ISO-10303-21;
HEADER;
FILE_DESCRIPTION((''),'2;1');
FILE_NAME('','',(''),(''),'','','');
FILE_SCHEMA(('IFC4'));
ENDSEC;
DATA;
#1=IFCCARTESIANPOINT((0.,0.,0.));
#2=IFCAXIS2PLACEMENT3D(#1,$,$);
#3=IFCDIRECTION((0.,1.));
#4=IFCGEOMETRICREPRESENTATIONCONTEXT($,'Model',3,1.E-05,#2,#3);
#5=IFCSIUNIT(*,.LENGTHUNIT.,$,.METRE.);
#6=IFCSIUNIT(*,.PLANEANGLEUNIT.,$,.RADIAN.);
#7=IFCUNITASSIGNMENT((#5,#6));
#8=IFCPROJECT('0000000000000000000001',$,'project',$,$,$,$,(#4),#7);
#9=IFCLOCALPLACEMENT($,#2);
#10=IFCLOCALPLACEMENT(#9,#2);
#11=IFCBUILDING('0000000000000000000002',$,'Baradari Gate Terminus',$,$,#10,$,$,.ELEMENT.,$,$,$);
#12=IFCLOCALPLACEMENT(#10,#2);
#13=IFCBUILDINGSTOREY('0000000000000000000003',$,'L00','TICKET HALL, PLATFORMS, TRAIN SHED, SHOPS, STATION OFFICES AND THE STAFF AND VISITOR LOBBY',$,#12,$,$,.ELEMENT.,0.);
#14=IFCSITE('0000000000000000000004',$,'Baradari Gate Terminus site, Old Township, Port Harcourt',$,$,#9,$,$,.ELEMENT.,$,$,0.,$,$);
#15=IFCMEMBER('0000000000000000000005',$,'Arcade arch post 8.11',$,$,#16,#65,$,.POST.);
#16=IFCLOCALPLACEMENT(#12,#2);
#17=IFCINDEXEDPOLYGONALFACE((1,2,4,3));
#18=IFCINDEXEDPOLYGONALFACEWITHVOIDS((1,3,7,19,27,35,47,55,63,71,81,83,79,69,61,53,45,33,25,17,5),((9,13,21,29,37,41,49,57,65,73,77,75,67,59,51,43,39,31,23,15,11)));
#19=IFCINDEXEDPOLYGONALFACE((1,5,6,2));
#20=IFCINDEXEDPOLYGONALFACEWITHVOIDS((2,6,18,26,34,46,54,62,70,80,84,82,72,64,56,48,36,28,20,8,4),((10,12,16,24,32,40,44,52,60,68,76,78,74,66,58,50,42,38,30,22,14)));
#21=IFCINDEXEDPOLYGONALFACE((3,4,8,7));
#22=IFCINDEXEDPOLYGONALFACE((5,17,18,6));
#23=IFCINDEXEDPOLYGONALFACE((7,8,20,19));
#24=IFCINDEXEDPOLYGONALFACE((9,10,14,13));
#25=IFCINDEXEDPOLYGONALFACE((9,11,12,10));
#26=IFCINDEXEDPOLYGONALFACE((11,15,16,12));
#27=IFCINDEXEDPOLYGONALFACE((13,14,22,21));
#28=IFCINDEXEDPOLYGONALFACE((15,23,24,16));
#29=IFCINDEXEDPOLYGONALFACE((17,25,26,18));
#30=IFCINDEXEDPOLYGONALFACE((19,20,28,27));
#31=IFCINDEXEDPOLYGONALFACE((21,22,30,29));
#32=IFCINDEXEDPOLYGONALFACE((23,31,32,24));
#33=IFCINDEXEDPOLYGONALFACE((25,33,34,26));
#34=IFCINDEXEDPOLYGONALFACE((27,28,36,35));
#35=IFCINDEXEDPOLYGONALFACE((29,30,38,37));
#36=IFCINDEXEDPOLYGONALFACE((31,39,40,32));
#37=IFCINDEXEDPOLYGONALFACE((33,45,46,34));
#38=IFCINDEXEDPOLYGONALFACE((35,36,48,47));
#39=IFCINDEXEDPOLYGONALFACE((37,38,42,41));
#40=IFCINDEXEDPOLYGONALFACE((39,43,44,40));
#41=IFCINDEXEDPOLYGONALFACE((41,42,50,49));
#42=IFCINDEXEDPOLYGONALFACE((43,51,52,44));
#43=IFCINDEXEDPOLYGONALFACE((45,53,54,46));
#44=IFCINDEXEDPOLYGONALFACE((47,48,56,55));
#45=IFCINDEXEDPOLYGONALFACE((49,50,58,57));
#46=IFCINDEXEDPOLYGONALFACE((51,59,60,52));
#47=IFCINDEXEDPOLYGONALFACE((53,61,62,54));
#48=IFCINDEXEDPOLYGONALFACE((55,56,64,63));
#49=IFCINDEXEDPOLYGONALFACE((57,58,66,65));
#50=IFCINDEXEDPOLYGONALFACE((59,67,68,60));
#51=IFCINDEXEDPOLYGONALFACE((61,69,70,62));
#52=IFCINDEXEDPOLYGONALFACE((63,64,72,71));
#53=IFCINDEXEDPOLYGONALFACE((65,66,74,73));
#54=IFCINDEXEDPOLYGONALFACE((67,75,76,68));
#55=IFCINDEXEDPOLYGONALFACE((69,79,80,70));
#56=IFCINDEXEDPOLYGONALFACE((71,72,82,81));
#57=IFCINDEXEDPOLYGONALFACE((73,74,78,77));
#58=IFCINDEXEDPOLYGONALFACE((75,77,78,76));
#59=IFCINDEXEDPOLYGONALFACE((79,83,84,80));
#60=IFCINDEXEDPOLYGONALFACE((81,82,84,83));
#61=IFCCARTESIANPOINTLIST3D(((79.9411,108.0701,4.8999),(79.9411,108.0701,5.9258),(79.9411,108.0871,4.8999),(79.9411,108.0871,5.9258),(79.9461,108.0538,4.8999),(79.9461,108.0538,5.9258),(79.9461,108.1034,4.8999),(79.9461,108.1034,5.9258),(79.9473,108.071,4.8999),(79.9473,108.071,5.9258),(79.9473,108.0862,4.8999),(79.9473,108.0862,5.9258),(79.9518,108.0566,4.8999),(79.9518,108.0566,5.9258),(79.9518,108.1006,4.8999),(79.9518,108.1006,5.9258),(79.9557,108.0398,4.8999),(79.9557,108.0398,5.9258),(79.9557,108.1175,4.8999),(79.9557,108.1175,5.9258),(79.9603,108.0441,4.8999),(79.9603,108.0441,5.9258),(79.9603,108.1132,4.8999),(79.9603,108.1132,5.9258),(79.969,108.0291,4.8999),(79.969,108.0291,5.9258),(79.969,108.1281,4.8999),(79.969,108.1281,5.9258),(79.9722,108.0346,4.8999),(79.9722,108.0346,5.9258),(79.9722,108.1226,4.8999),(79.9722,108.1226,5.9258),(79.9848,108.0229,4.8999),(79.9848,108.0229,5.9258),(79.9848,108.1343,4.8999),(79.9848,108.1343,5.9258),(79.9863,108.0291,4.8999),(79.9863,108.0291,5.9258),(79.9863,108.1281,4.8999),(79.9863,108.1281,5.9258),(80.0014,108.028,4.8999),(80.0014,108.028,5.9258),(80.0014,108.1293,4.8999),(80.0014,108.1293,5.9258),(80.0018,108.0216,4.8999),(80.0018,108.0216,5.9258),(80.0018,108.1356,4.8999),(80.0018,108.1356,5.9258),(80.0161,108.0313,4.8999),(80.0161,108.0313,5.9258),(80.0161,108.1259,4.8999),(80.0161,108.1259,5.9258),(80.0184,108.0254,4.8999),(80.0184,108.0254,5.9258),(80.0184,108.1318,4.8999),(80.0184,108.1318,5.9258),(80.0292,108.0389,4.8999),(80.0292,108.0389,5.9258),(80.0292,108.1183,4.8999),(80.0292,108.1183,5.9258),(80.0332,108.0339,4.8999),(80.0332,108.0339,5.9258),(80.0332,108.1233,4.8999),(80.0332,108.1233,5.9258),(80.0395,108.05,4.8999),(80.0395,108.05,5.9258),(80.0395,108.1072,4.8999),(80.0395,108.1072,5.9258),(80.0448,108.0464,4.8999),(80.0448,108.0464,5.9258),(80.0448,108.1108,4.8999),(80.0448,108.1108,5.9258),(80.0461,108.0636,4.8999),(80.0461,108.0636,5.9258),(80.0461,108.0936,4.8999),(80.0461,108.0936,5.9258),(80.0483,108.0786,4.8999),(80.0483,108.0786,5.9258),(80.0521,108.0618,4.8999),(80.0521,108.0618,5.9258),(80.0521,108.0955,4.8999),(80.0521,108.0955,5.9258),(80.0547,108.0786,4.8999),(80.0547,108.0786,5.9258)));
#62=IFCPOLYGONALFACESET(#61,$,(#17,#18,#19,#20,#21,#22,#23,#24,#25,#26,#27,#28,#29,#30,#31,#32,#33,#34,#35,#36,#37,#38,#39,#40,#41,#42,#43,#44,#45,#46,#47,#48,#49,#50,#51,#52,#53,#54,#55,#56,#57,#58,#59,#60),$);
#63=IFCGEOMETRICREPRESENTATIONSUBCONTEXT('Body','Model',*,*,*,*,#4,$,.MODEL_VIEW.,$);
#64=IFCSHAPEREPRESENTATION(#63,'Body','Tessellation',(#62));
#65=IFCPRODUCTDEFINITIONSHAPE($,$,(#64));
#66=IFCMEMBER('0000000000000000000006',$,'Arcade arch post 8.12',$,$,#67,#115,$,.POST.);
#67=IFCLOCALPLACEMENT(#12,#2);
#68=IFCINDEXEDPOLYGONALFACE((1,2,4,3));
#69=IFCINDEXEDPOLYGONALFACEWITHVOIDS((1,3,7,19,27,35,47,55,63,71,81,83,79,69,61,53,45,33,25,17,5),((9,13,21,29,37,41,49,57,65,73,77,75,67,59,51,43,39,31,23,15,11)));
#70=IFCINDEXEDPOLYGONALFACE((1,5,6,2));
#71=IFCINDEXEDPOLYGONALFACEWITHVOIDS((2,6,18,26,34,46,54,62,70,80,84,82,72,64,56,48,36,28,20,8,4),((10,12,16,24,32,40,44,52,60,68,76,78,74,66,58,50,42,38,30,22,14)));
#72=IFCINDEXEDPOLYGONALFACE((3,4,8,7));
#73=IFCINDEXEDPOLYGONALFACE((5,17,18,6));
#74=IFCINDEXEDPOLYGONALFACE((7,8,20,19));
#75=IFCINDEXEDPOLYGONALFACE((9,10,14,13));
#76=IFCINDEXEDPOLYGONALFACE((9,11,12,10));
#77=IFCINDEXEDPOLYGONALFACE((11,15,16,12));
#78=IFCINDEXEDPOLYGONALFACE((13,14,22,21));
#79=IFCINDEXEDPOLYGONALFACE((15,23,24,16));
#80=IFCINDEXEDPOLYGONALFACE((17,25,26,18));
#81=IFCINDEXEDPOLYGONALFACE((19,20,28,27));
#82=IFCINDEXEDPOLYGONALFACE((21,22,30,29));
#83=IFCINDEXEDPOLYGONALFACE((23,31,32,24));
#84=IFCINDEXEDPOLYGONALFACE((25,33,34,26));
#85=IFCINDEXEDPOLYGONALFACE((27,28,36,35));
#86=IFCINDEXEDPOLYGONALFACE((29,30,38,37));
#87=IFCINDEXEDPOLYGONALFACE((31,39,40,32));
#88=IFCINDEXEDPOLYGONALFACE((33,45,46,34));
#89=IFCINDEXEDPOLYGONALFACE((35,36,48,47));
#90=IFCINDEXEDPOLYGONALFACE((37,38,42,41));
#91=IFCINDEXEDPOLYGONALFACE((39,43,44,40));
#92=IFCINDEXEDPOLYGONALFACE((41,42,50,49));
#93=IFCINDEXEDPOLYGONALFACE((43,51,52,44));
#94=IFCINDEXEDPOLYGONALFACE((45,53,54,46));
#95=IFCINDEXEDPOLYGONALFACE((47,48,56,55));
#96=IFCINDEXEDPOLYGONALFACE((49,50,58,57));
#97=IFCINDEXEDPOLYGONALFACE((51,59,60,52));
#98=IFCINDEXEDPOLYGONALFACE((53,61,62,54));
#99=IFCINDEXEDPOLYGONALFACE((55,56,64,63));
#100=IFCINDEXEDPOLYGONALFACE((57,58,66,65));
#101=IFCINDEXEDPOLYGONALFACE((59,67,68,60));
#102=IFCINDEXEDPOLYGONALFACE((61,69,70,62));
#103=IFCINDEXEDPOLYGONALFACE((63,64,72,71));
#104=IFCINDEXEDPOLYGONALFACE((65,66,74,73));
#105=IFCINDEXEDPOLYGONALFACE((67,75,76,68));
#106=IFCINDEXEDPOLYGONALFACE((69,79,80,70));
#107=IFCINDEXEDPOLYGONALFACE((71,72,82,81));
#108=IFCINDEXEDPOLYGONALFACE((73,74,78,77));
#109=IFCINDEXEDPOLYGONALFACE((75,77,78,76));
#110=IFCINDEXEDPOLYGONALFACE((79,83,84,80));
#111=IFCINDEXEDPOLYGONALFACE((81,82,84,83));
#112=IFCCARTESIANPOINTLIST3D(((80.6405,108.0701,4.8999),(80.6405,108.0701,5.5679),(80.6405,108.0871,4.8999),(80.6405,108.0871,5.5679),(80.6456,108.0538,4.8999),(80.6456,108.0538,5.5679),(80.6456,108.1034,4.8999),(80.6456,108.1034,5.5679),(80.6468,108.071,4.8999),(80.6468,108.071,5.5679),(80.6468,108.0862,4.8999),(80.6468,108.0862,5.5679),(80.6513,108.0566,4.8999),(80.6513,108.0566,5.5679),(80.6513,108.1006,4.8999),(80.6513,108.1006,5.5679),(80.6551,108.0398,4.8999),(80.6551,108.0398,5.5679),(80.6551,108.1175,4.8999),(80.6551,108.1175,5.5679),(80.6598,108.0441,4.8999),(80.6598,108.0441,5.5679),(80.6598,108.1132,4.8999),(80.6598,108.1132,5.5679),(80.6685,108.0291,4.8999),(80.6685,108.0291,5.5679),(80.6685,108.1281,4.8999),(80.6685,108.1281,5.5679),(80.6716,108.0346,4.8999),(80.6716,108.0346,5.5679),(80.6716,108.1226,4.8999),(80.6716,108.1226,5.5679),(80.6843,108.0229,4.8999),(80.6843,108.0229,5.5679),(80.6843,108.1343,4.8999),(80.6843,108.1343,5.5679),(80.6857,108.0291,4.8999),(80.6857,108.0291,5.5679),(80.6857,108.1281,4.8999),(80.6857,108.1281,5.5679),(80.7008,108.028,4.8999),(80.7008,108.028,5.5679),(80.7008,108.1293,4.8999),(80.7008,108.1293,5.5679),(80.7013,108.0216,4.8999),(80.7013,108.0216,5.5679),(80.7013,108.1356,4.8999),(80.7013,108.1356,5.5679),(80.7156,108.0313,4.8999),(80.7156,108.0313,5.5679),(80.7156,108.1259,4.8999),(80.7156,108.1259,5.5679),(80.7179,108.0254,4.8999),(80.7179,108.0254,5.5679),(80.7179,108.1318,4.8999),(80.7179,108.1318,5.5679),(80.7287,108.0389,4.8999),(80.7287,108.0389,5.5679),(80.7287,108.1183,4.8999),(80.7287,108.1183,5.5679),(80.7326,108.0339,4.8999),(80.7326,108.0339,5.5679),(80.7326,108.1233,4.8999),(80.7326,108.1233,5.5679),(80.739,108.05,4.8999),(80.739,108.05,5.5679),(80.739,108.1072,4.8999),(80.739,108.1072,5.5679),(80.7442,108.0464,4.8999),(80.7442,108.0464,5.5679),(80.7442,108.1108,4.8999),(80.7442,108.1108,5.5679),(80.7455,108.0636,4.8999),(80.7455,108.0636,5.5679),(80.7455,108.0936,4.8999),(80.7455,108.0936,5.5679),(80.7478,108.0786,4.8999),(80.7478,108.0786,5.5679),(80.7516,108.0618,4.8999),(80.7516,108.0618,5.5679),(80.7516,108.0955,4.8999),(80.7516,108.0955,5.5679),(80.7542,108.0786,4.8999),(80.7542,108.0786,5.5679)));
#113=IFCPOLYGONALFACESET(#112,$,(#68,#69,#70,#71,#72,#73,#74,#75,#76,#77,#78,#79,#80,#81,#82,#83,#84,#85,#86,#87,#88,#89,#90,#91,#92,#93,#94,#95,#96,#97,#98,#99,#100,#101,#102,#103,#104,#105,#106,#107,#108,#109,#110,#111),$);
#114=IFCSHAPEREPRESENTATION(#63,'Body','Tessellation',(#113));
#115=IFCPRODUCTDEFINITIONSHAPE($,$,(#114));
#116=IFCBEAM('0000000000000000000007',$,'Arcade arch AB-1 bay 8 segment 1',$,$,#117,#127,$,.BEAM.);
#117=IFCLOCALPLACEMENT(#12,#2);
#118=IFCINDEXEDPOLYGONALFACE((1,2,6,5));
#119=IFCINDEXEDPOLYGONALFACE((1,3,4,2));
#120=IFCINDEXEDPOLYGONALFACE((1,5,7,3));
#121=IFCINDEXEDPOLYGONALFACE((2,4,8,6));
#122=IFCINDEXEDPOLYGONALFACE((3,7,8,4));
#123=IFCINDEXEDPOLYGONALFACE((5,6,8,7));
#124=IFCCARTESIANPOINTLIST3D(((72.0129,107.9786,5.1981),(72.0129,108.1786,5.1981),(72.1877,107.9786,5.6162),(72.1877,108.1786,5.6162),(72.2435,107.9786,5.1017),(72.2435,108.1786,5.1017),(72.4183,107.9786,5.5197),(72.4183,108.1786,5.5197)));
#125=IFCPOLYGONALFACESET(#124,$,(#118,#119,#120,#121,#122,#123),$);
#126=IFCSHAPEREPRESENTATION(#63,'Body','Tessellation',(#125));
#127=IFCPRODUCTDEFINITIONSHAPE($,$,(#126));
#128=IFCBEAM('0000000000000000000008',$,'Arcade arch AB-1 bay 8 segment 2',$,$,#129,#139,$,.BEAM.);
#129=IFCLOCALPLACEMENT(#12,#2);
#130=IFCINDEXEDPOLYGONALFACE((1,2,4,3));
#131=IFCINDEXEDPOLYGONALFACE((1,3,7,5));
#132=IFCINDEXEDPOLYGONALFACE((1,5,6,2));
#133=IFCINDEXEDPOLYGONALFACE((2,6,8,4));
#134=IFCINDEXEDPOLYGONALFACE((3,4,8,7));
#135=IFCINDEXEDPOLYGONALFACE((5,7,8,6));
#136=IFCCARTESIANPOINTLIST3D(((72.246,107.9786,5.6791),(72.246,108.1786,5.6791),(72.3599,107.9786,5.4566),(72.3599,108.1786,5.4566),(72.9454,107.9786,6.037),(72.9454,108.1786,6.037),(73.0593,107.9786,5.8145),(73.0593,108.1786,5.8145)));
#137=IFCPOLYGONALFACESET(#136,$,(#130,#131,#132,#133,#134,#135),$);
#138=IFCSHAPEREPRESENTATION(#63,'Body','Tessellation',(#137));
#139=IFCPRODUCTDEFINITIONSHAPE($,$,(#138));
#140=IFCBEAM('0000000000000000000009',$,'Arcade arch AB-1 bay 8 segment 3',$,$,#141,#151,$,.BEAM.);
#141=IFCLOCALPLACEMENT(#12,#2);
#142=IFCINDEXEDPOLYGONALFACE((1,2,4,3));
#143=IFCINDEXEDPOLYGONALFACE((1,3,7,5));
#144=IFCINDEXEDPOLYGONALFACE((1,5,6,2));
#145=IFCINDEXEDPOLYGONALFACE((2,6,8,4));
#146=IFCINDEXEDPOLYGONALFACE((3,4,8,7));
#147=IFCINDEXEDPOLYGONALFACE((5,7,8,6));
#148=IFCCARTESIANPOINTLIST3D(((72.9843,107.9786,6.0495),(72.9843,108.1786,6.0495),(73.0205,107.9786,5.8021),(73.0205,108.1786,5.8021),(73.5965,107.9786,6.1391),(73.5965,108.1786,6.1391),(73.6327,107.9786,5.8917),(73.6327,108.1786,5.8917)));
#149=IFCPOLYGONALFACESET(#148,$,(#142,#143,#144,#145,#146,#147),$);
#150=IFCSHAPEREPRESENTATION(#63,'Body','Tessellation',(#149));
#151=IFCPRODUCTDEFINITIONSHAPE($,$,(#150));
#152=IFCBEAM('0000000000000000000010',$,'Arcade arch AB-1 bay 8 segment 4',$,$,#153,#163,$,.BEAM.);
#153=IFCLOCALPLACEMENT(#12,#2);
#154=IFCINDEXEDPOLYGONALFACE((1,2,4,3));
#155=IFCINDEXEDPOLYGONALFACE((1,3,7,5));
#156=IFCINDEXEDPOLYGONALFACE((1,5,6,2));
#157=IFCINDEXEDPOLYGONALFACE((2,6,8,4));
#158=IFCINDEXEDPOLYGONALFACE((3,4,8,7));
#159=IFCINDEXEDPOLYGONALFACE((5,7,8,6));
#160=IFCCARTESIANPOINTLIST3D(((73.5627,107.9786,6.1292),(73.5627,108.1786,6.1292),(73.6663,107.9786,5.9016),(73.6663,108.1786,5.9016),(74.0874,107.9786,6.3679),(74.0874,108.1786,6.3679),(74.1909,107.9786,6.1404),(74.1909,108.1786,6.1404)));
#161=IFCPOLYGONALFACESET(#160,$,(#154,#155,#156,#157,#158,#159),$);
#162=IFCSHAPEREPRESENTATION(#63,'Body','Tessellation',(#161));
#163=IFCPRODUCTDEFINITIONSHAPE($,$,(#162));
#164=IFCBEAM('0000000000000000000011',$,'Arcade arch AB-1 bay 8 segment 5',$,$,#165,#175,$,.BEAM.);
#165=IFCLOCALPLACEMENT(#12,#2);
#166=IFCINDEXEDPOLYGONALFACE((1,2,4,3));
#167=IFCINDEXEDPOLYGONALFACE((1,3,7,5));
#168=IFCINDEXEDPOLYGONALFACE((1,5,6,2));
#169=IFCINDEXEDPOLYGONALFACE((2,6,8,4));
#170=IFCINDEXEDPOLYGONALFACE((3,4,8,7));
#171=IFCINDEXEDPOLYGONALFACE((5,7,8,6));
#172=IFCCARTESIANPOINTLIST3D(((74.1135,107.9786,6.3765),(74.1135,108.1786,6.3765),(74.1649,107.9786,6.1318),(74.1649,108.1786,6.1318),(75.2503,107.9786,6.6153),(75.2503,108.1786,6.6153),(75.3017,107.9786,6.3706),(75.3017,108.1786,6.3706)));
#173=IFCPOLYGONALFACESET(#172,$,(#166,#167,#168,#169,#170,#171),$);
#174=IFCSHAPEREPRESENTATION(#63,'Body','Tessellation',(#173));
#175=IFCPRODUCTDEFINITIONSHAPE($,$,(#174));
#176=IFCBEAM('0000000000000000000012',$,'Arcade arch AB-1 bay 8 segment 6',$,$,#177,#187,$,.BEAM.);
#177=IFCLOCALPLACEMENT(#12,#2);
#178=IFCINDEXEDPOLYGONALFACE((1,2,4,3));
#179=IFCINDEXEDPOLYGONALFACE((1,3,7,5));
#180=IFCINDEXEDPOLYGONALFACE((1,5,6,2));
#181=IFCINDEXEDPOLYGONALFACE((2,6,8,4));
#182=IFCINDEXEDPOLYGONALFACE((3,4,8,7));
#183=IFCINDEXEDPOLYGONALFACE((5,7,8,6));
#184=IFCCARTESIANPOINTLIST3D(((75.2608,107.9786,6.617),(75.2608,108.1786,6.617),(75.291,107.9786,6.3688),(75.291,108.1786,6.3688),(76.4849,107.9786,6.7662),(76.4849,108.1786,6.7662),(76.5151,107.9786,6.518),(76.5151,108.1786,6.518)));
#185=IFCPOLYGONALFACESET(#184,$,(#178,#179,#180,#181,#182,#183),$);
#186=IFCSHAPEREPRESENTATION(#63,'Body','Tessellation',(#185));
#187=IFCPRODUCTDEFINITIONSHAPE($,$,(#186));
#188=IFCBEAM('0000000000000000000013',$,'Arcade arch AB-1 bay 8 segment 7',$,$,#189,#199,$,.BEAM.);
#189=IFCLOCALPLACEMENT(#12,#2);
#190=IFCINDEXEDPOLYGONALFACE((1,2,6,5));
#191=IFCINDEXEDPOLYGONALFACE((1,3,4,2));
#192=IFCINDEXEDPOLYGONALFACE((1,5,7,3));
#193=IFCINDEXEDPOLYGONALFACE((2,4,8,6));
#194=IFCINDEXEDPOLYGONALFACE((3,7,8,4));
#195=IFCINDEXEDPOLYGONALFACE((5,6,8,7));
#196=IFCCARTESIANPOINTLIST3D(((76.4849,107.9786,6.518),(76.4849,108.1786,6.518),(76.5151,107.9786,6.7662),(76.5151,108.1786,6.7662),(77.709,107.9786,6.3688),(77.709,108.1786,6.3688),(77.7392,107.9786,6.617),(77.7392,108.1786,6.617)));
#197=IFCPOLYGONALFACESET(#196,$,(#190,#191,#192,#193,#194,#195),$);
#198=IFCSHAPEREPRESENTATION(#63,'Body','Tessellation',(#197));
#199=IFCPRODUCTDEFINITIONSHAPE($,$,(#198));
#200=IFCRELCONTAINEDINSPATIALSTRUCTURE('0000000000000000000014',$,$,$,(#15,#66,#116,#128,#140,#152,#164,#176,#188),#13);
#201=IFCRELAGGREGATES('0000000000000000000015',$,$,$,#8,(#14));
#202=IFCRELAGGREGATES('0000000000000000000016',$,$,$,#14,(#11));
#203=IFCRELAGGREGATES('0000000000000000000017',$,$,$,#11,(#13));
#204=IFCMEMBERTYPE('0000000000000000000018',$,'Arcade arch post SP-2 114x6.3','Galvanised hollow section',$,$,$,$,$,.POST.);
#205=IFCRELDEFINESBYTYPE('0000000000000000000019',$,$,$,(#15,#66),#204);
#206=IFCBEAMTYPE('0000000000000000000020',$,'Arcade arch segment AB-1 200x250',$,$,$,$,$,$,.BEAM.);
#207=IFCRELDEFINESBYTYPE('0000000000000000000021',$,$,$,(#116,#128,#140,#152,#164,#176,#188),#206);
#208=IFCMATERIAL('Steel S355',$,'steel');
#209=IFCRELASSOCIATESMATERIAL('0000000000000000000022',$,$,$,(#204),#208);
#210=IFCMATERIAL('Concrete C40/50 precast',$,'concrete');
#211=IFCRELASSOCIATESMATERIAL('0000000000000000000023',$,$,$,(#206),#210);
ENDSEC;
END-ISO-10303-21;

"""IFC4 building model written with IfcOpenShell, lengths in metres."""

from ifc_helpers import new_model, si_unit, direction, frame, origin, origin_2d, place, context, subcontext, project, spatial, rectangle, hollow_circle, extrude, material, material_profile, profile_set, type_object, element, save


model = new_model("IFC4")

# Units and contexts
model_context = context("Model", 3, precision=1e-05, world=origin(), true_north=direction((0.0, 1.0)))
body_context = subcontext(model_context, "Body", "Model", "MODEL_VIEW")
ifc_project = project(units=[si_unit("LENGTHUNIT", "METRE"), si_unit("PLANEANGLEUNIT", "RADIAN")], contexts=[model_context])

# Site, building, storey
site_placement = place(None, origin())
site = spatial("IfcSite", under=ifc_project, at=site_placement, Name="Baradari Gate Terminus site, Old Township, Port Harcourt", CompositionType="ELEMENT", RefElevation=0.0)
building_placement = place(site_placement, origin())
building = spatial("IfcBuilding", under=site, at=building_placement, Name="Baradari Gate Terminus", CompositionType="ELEMENT")
storey_placement = place(building_placement, origin())
storey = spatial("IfcBuildingStorey", under=building, at=storey_placement, Name="L00", Description="TICKET HALL, PLATFORMS, TRAIN SHED, SHOPS, STATION OFFICES AND THE STAFF AND VISITOR LOBBY", CompositionType="ELEMENT", Elevation=0.0)

# Members
ifc_material_1 = material(Name="Steel S355", Category="steel")
ifc_material_profile_1 = material_profile(ifc_material_1, hollow_circle(Radius=0.0571, WallThickness=0.0063, at=origin_2d()), Name="CHS 114.3x6.3")
ifc_profile_set_1 = profile_set([ifc_material_profile_1], Name="Steel S355")
member_type = type_object("IfcMemberType", Name="Arcade arch post SP-2 114x6.3", Description="Galvanised hollow section", PredefinedType="POST", material=ifc_profile_set_1)
member_1_placement = place(storey_placement, frame((79.9976, 108.0786, 4.8999), z_axis=(0.0, 0.0, 1.0), x_axis=(1.0, 0.0, 0.0)))
element("IfcMember", 1, at=member_1_placement, inside=storey, type_object=member_type, Name="Arcade arch post 8.11", PredefinedType="POST", context=body_context, shape_type="SweptSolid", body=[
    extrude(hollow_circle(Radius=0.0571, WallThickness=0.0063, at=origin_2d()), origin(), (0.0, 0.0, 1.0), 1.0259),
])
member_2_placement = place(storey_placement, frame((80.697, 108.0786, 4.8999), z_axis=(0.0, 0.0, 1.0), x_axis=(1.0, 0.0, 0.0)))
element("IfcMember", 2, at=member_2_placement, inside=storey, type_object=member_type, Name="Arcade arch post 8.12", PredefinedType="POST", context=body_context, shape_type="SweptSolid", body=[
    extrude(hollow_circle(Radius=0.0571, WallThickness=0.0063, at=origin_2d()), origin(), (0.0, 0.0, 1.0), 0.668),
])

# Beams
ifc_material_2 = material(Name="Concrete C40/50 precast", Category="concrete")
ifc_material_profile_2 = material_profile(ifc_material_2, rectangle(XDim=0.2, YDim=0.25, at=origin_2d()), Name="AB-1 200X250")
ifc_profile_set_2 = profile_set([ifc_material_profile_2], Name="Concrete C40/50 precast")
beam_type = type_object("IfcBeamType", Name="Arcade arch segment AB-1 200x250", PredefinedType="BEAM", material=ifc_profile_set_2)
beam_1_placement = place(storey_placement, frame((72.1282, 108.0786, 5.1499), z_axis=(0.385839, 0.0, 0.922566), x_axis=(0.0, 1.0, 0.0)))
element("IfcBeam", 3, at=beam_1_placement, inside=storey, type_object=beam_type, Name="Arcade arch AB-1 bay 8 segment 1", PredefinedType="BEAM", context=body_context, shape_type="SweptSolid", body=[
    extrude(rectangle(XDim=0.2, YDim=0.25, at=origin_2d()), origin(), (0.0, 0.0, 1.0), 0.4531),
])
beam_2_placement = place(storey_placement, frame((72.303, 108.0786, 5.5679), z_axis=(0.890225, 0.0, 0.455522), x_axis=(0.0, 1.0, 0.0)))
element("IfcBeam", 4, at=beam_2_placement, inside=storey, type_object=beam_type, Name="Arcade arch AB-1 bay 8 segment 2", PredefinedType="BEAM", context=body_context, shape_type="SweptSolid", body=[
    extrude(rectangle(XDim=0.2, YDim=0.25, at=origin_2d()), origin(), (0.0, 0.0, 1.0), 0.7856),
])
beam_3_placement = place(storey_placement, frame((73.0024, 108.0786, 5.9258), z_axis=(0.989454, 0.0, 0.144846), x_axis=(0.0, 1.0, 0.0)))
element("IfcBeam", 5, at=beam_3_placement, inside=storey, type_object=beam_type, Name="Arcade arch AB-1 bay 8 segment 3", PredefinedType="BEAM", context=body_context, shape_type="SweptSolid", body=[
    extrude(rectangle(XDim=0.2, YDim=0.25, at=origin_2d()), origin(), (0.0, 0.0, 1.0), 0.6187),
])
beam_4_placement = place(storey_placement, frame((73.6145, 108.0786, 6.0154), z_axis=(0.910178, 0.0, 0.414218), x_axis=(0.0, 1.0, 0.0)))
element("IfcBeam", 6, at=beam_4_placement, inside=storey, type_object=beam_type, Name="Arcade arch AB-1 bay 8 segment 4", PredefinedType="BEAM", context=body_context, shape_type="SweptSolid", body=[
    extrude(rectangle(XDim=0.2, YDim=0.25, at=origin_2d()), origin(), (0.0, 0.0, 1.0), 0.5764),
])
beam_5_placement = place(storey_placement, frame((74.1392, 108.0786, 6.2542), z_axis=(0.978643, 0.0, 0.205566), x_axis=(0.0, 1.0, 0.0)))
element("IfcBeam", 7, at=beam_5_placement, inside=storey, type_object=beam_type, Name="Arcade arch AB-1 bay 8 segment 5", PredefinedType="BEAM", context=body_context, shape_type="SweptSolid", body=[
    extrude(rectangle(XDim=0.2, YDim=0.25, at=origin_2d()), origin(), (0.0, 0.0, 1.0), 1.1616),
])
for number, where, z_axis, x_axis, name in (
    (8, (75.2759, 108.0786, 6.4929), (0.992657, 0.0, 0.120964), (0.0, 1.0, 0.0), "Arcade arch AB-1 bay 8 segment 6"),
    (9, (76.5, 108.0786, 6.6421), (0.992657, 0.0, -0.120964), (0.0, 1.0, 0.0), "Arcade arch AB-1 bay 8 segment 7"),
):
    element("IfcBeam", number, at=place(storey_placement, frame(where, z_axis=z_axis, x_axis=x_axis)), inside=storey, type_object=beam_type, Name=name, PredefinedType="BEAM", context=body_context, shape_type="SweptSolid", body=[
        extrude(rectangle(XDim=0.2, YDim=0.25, at=origin_2d()), origin(), (0.0, 0.0, 1.0), 1.2332),
    ])

save(model, "model.ifc")
